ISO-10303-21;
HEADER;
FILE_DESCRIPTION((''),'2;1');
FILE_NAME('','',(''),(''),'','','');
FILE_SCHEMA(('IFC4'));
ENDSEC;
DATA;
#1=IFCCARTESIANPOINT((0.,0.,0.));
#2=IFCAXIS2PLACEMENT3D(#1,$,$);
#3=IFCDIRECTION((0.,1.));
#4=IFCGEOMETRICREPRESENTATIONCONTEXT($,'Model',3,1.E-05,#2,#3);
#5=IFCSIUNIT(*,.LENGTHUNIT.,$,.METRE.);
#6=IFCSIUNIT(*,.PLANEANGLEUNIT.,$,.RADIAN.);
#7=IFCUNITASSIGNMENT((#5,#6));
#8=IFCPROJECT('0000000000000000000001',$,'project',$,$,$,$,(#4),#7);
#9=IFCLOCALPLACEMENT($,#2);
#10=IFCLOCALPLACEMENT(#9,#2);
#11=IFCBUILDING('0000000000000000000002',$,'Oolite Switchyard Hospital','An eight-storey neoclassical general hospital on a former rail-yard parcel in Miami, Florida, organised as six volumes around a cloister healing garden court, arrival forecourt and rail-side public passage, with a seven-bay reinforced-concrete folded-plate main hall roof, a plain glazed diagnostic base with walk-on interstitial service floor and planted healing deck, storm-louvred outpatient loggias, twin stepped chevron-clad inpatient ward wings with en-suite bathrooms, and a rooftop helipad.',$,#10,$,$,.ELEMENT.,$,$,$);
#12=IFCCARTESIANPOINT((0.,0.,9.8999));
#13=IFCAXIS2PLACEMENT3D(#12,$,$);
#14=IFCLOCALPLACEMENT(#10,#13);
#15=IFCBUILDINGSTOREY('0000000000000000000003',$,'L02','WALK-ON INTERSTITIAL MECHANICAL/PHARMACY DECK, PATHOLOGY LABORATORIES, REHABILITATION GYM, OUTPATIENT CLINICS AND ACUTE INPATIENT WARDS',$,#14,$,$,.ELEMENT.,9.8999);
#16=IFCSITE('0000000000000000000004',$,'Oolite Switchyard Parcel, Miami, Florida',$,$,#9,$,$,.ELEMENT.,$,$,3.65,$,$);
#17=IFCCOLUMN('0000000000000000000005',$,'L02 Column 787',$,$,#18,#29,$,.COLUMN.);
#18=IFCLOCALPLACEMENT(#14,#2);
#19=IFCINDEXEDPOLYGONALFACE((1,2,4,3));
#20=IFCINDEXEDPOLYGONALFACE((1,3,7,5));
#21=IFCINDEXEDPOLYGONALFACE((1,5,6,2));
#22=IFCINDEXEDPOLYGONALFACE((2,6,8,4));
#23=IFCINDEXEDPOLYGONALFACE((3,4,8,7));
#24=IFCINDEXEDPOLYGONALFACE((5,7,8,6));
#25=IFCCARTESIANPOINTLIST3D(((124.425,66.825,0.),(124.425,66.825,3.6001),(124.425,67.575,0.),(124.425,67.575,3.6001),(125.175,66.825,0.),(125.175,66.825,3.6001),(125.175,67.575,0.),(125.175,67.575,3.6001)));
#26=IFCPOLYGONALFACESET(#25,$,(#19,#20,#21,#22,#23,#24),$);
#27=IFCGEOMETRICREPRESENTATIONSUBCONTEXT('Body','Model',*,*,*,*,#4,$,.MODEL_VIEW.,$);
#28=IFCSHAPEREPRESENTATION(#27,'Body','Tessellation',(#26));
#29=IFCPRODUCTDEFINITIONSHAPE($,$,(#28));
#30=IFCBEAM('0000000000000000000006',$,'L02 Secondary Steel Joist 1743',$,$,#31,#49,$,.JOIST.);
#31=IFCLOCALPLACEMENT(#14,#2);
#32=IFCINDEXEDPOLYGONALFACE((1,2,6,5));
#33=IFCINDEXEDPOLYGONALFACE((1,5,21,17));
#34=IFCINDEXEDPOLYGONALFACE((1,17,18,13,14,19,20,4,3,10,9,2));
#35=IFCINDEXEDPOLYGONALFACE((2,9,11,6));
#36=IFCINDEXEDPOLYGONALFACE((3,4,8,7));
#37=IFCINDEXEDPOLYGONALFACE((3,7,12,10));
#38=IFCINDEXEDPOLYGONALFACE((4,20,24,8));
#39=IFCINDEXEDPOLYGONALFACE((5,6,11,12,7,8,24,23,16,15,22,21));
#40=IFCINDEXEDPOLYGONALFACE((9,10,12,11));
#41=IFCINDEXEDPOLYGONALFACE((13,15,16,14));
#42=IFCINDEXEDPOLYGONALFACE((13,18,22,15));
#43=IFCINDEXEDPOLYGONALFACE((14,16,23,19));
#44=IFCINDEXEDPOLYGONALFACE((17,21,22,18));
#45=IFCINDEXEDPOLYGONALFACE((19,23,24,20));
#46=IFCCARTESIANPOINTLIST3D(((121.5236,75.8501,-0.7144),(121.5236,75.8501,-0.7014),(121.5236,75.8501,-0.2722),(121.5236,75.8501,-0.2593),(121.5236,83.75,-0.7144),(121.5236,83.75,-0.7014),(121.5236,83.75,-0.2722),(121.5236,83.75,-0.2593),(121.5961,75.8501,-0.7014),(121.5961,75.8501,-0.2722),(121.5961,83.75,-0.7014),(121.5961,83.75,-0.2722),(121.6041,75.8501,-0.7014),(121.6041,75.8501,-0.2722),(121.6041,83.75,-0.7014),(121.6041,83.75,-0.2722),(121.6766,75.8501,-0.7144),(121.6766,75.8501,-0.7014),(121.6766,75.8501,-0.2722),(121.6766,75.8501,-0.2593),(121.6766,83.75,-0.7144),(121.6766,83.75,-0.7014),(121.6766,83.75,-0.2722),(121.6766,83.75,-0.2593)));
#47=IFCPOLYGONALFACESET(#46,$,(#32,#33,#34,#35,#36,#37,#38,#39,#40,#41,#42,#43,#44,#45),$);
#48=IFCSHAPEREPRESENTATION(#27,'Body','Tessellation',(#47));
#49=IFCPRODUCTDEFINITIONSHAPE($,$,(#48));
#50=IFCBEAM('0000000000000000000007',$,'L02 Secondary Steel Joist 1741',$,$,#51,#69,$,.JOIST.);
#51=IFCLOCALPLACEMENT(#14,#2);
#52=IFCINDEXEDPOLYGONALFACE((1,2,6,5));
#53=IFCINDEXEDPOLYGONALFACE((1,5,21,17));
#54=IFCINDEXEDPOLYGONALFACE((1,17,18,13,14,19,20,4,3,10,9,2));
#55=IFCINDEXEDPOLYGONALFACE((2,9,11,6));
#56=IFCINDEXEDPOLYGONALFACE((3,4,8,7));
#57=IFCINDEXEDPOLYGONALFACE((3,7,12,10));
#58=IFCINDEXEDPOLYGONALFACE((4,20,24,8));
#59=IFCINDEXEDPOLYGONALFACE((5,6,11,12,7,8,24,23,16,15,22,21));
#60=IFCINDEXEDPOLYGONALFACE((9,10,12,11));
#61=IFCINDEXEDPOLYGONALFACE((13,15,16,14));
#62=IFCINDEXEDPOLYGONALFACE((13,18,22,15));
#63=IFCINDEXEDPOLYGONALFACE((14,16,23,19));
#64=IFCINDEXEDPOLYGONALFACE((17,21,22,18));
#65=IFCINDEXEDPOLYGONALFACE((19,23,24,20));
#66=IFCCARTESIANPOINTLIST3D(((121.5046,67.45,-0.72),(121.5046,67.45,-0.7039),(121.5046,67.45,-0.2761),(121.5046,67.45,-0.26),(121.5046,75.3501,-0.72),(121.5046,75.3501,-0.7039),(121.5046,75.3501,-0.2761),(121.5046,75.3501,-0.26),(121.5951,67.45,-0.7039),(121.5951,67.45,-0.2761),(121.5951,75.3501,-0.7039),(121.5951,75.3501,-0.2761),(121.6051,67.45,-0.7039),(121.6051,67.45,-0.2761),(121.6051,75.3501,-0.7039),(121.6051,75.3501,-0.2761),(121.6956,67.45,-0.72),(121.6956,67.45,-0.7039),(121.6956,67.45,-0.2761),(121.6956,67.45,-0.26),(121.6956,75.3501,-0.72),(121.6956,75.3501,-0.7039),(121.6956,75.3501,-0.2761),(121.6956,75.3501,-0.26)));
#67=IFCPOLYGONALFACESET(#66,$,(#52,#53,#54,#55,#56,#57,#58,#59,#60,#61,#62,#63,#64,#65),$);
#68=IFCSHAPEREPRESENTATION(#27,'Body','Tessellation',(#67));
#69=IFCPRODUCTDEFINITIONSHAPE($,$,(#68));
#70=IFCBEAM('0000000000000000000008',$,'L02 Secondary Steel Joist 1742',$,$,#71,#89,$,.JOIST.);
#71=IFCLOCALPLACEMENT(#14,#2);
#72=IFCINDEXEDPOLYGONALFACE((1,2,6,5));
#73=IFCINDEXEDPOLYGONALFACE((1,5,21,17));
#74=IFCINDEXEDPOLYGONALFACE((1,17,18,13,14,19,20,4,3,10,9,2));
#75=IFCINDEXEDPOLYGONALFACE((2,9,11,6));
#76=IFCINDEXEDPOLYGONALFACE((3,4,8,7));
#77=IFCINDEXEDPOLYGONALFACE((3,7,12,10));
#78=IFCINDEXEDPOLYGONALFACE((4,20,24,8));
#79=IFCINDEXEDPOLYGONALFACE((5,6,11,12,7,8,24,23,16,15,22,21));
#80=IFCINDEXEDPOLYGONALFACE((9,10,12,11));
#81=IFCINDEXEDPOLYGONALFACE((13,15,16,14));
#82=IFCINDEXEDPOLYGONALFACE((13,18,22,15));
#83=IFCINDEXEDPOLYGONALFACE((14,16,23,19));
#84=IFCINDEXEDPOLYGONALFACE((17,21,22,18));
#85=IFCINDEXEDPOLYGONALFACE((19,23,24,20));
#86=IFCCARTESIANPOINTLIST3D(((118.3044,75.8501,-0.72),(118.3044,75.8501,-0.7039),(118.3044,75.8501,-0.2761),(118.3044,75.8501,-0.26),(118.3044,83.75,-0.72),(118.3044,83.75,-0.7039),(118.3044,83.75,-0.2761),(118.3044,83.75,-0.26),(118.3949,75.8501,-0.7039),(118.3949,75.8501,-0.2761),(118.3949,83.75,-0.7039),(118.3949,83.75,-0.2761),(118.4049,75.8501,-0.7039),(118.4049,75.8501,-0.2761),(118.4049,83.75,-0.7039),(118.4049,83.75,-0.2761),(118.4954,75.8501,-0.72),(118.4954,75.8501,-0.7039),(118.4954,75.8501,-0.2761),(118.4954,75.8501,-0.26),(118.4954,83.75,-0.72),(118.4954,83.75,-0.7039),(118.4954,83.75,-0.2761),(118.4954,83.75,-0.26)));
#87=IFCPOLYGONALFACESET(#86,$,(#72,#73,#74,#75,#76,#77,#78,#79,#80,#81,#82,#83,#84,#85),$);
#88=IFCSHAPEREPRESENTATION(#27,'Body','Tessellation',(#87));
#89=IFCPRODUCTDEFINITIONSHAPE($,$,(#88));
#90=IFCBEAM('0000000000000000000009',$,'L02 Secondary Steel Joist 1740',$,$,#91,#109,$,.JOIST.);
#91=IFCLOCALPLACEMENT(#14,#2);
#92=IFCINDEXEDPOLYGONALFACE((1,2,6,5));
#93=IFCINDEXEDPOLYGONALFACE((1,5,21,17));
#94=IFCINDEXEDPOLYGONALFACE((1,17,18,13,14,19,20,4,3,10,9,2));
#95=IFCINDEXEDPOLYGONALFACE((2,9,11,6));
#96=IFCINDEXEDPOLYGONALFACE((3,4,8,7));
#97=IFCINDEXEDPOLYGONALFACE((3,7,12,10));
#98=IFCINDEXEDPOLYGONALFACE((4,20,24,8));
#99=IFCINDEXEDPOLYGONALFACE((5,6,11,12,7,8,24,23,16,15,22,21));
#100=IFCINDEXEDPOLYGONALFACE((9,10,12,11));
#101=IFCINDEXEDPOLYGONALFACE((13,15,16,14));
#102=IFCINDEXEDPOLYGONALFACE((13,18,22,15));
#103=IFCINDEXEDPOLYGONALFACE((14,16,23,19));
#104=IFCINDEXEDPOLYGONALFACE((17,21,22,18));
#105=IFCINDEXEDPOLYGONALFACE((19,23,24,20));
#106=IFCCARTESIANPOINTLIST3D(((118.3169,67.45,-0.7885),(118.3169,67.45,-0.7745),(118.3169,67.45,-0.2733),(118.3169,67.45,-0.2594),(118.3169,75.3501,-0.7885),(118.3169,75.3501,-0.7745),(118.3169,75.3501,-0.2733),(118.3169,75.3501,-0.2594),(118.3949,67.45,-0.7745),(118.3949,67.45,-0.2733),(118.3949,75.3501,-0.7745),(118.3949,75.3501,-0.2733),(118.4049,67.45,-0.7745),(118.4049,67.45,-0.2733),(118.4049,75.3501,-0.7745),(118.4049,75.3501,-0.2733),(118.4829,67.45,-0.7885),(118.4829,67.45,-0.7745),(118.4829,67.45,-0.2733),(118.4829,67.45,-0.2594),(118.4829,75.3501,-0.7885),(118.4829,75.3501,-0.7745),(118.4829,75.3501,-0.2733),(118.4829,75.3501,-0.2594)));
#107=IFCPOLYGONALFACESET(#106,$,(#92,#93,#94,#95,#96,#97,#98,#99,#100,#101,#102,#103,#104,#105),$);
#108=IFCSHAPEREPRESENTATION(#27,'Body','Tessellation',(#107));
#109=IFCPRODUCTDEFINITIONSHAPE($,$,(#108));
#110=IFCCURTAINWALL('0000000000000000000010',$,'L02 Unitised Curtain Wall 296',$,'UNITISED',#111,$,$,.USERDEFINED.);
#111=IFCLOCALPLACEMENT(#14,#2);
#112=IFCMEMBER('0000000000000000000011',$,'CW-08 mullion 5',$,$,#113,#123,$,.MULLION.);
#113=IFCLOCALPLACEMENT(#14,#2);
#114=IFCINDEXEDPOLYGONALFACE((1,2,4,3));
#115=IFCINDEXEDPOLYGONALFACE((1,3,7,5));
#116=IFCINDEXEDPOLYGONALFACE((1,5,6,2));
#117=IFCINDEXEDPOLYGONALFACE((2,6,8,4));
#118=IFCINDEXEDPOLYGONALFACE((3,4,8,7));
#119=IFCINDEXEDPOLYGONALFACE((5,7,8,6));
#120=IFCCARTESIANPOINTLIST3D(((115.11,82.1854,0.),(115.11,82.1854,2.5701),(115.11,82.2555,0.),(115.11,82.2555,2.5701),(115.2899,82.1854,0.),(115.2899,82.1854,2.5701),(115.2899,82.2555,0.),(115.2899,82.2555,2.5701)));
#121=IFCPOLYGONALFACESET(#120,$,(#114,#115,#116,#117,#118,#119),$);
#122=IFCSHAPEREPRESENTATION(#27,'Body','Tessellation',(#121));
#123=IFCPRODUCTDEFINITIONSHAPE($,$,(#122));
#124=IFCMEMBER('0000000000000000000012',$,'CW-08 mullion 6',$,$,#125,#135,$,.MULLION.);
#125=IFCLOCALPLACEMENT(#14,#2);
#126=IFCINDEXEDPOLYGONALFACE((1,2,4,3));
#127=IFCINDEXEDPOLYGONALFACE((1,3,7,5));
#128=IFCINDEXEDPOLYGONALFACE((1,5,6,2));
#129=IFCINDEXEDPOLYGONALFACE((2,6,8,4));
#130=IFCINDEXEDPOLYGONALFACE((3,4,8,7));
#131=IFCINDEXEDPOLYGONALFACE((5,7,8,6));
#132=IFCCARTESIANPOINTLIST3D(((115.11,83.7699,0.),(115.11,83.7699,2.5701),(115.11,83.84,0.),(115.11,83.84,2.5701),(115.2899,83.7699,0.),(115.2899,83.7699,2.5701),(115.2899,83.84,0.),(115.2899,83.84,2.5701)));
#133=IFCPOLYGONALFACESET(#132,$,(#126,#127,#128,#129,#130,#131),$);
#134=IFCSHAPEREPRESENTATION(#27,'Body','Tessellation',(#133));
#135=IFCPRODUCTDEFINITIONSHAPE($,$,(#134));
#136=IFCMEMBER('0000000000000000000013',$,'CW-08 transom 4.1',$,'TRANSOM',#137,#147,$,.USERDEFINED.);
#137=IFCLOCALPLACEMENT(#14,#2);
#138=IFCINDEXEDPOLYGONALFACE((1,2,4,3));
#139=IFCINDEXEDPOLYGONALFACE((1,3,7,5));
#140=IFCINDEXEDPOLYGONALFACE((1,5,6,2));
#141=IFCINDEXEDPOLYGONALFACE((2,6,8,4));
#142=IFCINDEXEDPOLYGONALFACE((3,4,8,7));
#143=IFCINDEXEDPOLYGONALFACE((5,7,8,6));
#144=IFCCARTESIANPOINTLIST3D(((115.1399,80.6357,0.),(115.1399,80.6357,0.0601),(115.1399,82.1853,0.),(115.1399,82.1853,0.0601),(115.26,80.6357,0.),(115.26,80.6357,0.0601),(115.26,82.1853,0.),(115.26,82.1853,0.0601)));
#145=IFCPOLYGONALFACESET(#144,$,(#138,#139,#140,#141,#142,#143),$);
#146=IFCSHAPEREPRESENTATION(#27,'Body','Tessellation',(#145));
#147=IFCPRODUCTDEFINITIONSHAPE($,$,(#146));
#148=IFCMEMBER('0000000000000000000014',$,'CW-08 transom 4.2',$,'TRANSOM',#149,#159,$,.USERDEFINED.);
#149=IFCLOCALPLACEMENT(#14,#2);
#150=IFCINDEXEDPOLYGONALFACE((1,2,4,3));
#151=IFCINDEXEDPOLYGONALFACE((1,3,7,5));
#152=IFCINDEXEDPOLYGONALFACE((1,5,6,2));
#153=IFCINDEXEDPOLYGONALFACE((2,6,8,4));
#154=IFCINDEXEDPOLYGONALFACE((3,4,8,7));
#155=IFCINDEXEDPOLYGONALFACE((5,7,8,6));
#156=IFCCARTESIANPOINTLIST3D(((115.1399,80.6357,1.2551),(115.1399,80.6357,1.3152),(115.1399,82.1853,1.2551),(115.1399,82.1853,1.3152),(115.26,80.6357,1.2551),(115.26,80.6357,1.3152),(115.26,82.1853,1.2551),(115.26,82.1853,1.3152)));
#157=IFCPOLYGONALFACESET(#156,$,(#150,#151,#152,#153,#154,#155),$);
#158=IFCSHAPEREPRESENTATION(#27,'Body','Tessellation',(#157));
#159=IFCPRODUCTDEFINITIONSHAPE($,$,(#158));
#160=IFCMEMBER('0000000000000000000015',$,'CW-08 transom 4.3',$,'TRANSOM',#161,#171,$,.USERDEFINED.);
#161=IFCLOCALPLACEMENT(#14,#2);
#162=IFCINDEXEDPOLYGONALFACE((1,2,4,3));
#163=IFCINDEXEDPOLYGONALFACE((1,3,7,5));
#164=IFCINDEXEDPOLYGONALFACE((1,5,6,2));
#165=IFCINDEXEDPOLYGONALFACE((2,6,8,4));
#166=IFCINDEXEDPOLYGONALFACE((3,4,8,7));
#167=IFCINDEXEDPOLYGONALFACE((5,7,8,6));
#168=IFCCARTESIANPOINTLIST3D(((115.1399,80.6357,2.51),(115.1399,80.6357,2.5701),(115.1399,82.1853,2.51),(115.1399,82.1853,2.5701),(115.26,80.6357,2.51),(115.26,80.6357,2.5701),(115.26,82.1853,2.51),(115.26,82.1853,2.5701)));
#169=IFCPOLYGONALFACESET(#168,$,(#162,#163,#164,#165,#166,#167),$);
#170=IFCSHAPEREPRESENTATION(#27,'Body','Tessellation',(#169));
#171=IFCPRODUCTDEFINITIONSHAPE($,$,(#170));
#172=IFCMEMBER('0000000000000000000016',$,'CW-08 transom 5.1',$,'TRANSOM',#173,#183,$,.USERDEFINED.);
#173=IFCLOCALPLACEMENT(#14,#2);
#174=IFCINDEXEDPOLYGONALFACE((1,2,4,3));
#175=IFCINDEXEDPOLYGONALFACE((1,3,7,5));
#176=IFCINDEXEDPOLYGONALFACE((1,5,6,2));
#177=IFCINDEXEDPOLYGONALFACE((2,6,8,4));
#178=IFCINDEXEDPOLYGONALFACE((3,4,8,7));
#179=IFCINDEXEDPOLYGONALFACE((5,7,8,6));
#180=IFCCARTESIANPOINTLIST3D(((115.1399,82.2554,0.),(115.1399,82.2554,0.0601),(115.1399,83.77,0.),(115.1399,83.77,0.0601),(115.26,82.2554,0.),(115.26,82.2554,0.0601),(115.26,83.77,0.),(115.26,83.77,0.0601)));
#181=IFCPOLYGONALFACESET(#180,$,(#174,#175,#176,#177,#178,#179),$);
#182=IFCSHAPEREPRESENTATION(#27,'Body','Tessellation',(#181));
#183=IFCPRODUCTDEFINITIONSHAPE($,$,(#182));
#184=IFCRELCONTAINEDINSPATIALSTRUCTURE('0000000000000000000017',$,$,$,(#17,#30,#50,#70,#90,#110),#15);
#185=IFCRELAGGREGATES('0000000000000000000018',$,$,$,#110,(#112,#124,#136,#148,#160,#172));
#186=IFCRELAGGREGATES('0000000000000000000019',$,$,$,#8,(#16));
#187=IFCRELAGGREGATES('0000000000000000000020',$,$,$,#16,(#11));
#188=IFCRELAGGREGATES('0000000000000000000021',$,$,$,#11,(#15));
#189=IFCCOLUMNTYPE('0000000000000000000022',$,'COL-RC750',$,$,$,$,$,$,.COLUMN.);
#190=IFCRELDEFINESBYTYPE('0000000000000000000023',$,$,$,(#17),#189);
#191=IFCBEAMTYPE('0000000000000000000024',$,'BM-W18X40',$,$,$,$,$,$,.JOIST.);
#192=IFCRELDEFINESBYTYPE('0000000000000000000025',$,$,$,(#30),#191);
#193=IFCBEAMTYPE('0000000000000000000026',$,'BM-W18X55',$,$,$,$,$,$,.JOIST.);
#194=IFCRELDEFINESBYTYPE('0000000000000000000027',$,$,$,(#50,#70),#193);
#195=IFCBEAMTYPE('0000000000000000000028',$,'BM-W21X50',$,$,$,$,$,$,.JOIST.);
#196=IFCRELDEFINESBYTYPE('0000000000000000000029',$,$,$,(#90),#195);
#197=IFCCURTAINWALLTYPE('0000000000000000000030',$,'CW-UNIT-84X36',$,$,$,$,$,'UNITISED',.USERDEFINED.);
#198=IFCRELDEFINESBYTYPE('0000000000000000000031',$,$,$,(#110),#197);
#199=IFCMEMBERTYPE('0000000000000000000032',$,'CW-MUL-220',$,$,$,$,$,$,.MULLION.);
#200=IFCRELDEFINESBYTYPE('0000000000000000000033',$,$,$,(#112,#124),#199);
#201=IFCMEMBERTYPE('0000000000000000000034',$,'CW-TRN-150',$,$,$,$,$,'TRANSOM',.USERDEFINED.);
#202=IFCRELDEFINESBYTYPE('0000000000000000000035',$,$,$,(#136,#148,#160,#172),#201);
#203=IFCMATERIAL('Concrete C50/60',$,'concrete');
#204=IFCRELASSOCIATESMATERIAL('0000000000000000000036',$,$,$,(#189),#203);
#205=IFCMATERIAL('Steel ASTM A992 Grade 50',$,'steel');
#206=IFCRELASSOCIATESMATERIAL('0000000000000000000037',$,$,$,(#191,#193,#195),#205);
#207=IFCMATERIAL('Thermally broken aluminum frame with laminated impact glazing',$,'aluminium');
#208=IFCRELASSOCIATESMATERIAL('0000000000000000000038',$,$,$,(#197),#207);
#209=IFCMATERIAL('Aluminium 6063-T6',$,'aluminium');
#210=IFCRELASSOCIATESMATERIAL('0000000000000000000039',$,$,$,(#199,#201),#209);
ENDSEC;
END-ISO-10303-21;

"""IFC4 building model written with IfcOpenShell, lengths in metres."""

from ifc_helpers import new_model, si_unit, direction, frame, origin, origin_2d, place, context, subcontext, project, spatial, rectangle, i_section, extrude, material, material_profile, profile_set, type_object, element, aggregate, save


model = new_model("IFC4")

# Units and contexts
model_context = context("Model", 3, precision=1e-05, world=origin(), true_north=direction((0.0, 1.0)))
body_context = subcontext(model_context, "Body", "Model", "MODEL_VIEW")
ifc_project = project(units=[si_unit("LENGTHUNIT", "METRE"), si_unit("PLANEANGLEUNIT", "RADIAN")], contexts=[model_context])

# Site, building, storey
site_placement = place(None, origin())
site = spatial("IfcSite", under=ifc_project, at=site_placement, Name="Oolite Switchyard Parcel, Miami, Florida", CompositionType="ELEMENT", RefElevation=3.65)
building_placement = place(site_placement, origin())
building = spatial("IfcBuilding", under=site, at=building_placement, Name="Oolite Switchyard Hospital", Description="An eight-storey neoclassical general hospital on a former rail-yard parcel in Miami, Florida, organised as six volumes around a cloister healing garden court, arrival forecourt and rail-side public passage, with a seven-bay reinforced-concrete folded-plate main hall roof, a plain glazed diagnostic base with walk-on interstitial service floor and planted healing deck, storm-louvred outpatient loggias, twin stepped chevron-clad inpatient ward wings with en-suite bathrooms, and a rooftop helipad.", CompositionType="ELEMENT")
storey_placement = place(building_placement, frame((0.0, 0.0, 9.8999)))
storey = spatial("IfcBuildingStorey", under=building, at=storey_placement, Name="L02", Description="WALK-ON INTERSTITIAL MECHANICAL/PHARMACY DECK, PATHOLOGY LABORATORIES, REHABILITATION GYM, OUTPATIENT CLINICS AND ACUTE INPATIENT WARDS", CompositionType="ELEMENT", Elevation=9.8999)

# Column
ifc_material_1 = material(Name="Concrete C50/60", Category="concrete")
ifc_material_profile_1 = material_profile(ifc_material_1, rectangle(XDim=0.75, YDim=0.75, at=origin_2d()), Name="RC750X750")
ifc_profile_set_1 = profile_set([ifc_material_profile_1], Name="Concrete C50/60")
column_type = type_object("IfcColumnType", Name="COL-RC750", PredefinedType="COLUMN", material=ifc_profile_set_1)
column_placement = place(storey_placement, frame((124.8, 67.2, 0.0), z_axis=(0.0, 0.0, 1.0), x_axis=(1.0, 0.0, 0.0)))
element("IfcColumn", 1, at=column_placement, inside=storey, type_object=column_type, Name="L02 Column 787", PredefinedType="COLUMN", context=body_context, shape_type="SweptSolid", body=[
    extrude(rectangle(XDim=0.75, YDim=0.75, at=origin_2d()), origin(), (0.0, 0.0, 1.0), 3.6001),
])

# Beams
ifc_material_2 = material(Name="Steel ASTM A992 Grade 50", Category="steel")
ifc_material_profile_2 = material_profile(ifc_material_2, i_section(OverallWidth=0.1531, OverallDepth=0.4551, WebThickness=0.0081, FlangeThickness=0.0129, at=origin_2d()), Name="W18X40")
ifc_profile_set_2 = profile_set([ifc_material_profile_2], Name="Steel ASTM A992 Grade 50")
beam_type_1 = type_object("IfcBeamType", Name="BM-W18X40", PredefinedType="JOIST", material=ifc_profile_set_2)
beam_1_placement = place(storey_placement, frame((121.6001, 75.8501, -0.4868), z_axis=(0.0, 1.0, 0.0), x_axis=(-1.0, 0.0, 0.0)))
element("IfcBeam", 2, at=beam_1_placement, inside=storey, type_object=beam_type_1, Name="L02 Secondary Steel Joist 1743", PredefinedType="JOIST", context=body_context, shape_type="SweptSolid", body=[
    extrude(i_section(OverallWidth=0.1531, OverallDepth=0.4551, WebThickness=0.0081, FlangeThickness=0.0129, at=origin_2d()), origin(), (0.0, 0.0, 1.0), 7.8999),
])
ifc_material_profile_3 = material_profile(ifc_material_2, i_section(OverallWidth=0.1909, OverallDepth=0.46, WebThickness=0.01, FlangeThickness=0.0161, at=origin_2d()), Name="W18X55")
ifc_profile_set_3 = profile_set([ifc_material_profile_3], Name="Steel ASTM A992 Grade 50")
beam_type_2 = type_object("IfcBeamType", Name="BM-W18X55", PredefinedType="JOIST", material=ifc_profile_set_3)
beam_2_placement = place(storey_placement, frame((121.6001, 67.45, -0.49), z_axis=(0.0, 1.0, 0.0), x_axis=(-1.0, 0.0, 0.0)))
element("IfcBeam", 3, at=beam_2_placement, inside=storey, type_object=beam_type_2, Name="L02 Secondary Steel Joist 1741", PredefinedType="JOIST", context=body_context, shape_type="SweptSolid", body=[
    extrude(i_section(OverallWidth=0.1909, OverallDepth=0.46, WebThickness=0.01, FlangeThickness=0.0161, at=origin_2d()), origin(), (0.0, 0.0, 1.0), 7.9001),
])
beam_3_placement = place(storey_placement, frame((118.3999, 75.8501, -0.49), z_axis=(0.0, 1.0, 0.0), x_axis=(-1.0, 0.0, 0.0)))
element("IfcBeam", 4, at=beam_3_placement, inside=storey, type_object=beam_type_2, Name="L02 Secondary Steel Joist 1742", PredefinedType="JOIST", context=body_context, shape_type="SweptSolid", body=[
    extrude(i_section(OverallWidth=0.1909, OverallDepth=0.46, WebThickness=0.01, FlangeThickness=0.0161, at=origin_2d()), origin(), (0.0, 0.0, 1.0), 7.8999),
])
ifc_material_profile_4 = material_profile(ifc_material_2, i_section(OverallWidth=0.166, OverallDepth=0.5291, WebThickness=0.01, FlangeThickness=0.0139, at=origin_2d()), Name="W21X50")
ifc_profile_set_4 = profile_set([ifc_material_profile_4], Name="Steel ASTM A992 Grade 50")
beam_type_3 = type_object("IfcBeamType", Name="BM-W21X50", PredefinedType="JOIST", material=ifc_profile_set_4)
beam_4_placement = place(storey_placement, frame((118.3999, 67.45, -0.5239), z_axis=(0.0, 1.0, 0.0), x_axis=(-1.0, 0.0, 0.0)))
element("IfcBeam", 5, at=beam_4_placement, inside=storey, type_object=beam_type_3, Name="L02 Secondary Steel Joist 1740", PredefinedType="JOIST", context=body_context, shape_type="SweptSolid", body=[
    extrude(i_section(OverallWidth=0.166, OverallDepth=0.5291, WebThickness=0.01, FlangeThickness=0.0139, at=origin_2d()), origin(), (0.0, 0.0, 1.0), 7.9001),
])

# Curtain wall, members
ifc_material_3 = material(Name="Thermally broken aluminum frame with laminated impact glazing", Category="aluminium")
curtain_wall_type = type_object("IfcCurtainWallType", Name="CW-UNIT-84X36", ElementType="UNITISED", PredefinedType="USERDEFINED", material=ifc_material_3)
curtain_wall_placement = place(storey_placement, origin())
curtain_wall = element("IfcCurtainWall", 6, at=curtain_wall_placement, inside=storey, type_object=curtain_wall_type, Name="L02 Unitised Curtain Wall 296", ObjectType="UNITISED", PredefinedType="USERDEFINED")
ifc_material_4 = material(Name="Aluminium 6063-T6", Category="aluminium")
ifc_material_profile_5 = material_profile(ifc_material_4, rectangle(XDim=0.1799, YDim=0.0701, at=origin_2d()), Name="CWM70X180")
ifc_profile_set_5 = profile_set([ifc_material_profile_5], Name="Aluminium 6063-T6")
member_type_1 = type_object("IfcMemberType", Name="CW-MUL-220", PredefinedType="MULLION", material=ifc_profile_set_5)
member_1_placement = place(storey_placement, frame((115.2, 82.2205, 0.0), z_axis=(0.0, 0.0, 1.0), x_axis=(-1.0, 0.0, 0.0)))
member_1 = element("IfcMember", 7, at=member_1_placement, type_object=member_type_1, Name="CW-08 mullion 5", PredefinedType="MULLION", context=body_context, shape_type="SweptSolid", body=[
    extrude(rectangle(XDim=0.1799, YDim=0.0701, at=origin_2d()), origin(), (0.0, 0.0, 1.0), 2.5701),
])
member_2_placement = place(storey_placement, frame((115.2, 83.8049, 0.0), z_axis=(0.0, 0.0, 1.0), x_axis=(-1.0, 0.0, 0.0)))
member_2 = element("IfcMember", 8, at=member_2_placement, type_object=member_type_1, Name="CW-08 mullion 6", PredefinedType="MULLION", context=body_context, shape_type="SweptSolid", body=[
    extrude(rectangle(XDim=0.1799, YDim=0.0701, at=origin_2d()), origin(), (0.0, 0.0, 1.0), 2.5701),
])
ifc_material_profile_6 = material_profile(ifc_material_4, rectangle(XDim=0.1201, YDim=0.0601, at=origin_2d()), Name="CWT60X120")
ifc_profile_set_6 = profile_set([ifc_material_profile_6], Name="Aluminium 6063-T6")
member_type_2 = type_object("IfcMemberType", Name="CW-TRN-150", ElementType="TRANSOM", PredefinedType="USERDEFINED", material=ifc_profile_set_6)
member_3_placement = place(storey_placement, frame((115.2, 80.6357, 0.03), z_axis=(0.0, 1.0, 0.0), x_axis=(-1.0, 0.0, 0.0)))
member_3 = element("IfcMember", 9, at=member_3_placement, type_object=member_type_2, Name="CW-08 transom 4.1", ObjectType="TRANSOM", PredefinedType="USERDEFINED", context=body_context, shape_type="SweptSolid", body=[
    extrude(rectangle(XDim=0.1201, YDim=0.0601, at=origin_2d()), origin(), (0.0, 0.0, 1.0), 1.5496),
])
member_4_placement = place(storey_placement, frame((115.2, 80.6357, 1.2852), z_axis=(0.0, 1.0, 0.0), x_axis=(-1.0, 0.0, 0.0)))
member_4 = element("IfcMember", 10, at=member_4_placement, type_object=member_type_2, Name="CW-08 transom 4.2", ObjectType="TRANSOM", PredefinedType="USERDEFINED", context=body_context, shape_type="SweptSolid", body=[
    extrude(rectangle(XDim=0.1201, YDim=0.0601, at=origin_2d()), origin(), (0.0, 0.0, 1.0), 1.5496),
])
member_5_placement = place(storey_placement, frame((115.2, 80.6357, 2.54), z_axis=(0.0, 1.0, 0.0), x_axis=(-1.0, 0.0, 0.0)))
member_5 = element("IfcMember", 11, at=member_5_placement, type_object=member_type_2, Name="CW-08 transom 4.3", ObjectType="TRANSOM", PredefinedType="USERDEFINED", context=body_context, shape_type="SweptSolid", body=[
    extrude(rectangle(XDim=0.1201, YDim=0.0601, at=origin_2d()), origin(), (0.0, 0.0, 1.0), 1.5496),
])
member_6_placement = place(storey_placement, frame((115.2, 82.2554, 0.03), z_axis=(0.0, 1.0, 0.0), x_axis=(-1.0, 0.0, 0.0)))
member_6 = element("IfcMember", 12, at=member_6_placement, type_object=member_type_2, Name="CW-08 transom 5.1", ObjectType="TRANSOM", PredefinedType="USERDEFINED", context=body_context, shape_type="SweptSolid", body=[
    extrude(rectangle(XDim=0.1201, YDim=0.0601, at=origin_2d()), origin(), (0.0, 0.0, 1.0), 1.5146),
])
aggregate(curtain_wall, [member_1, member_2, member_3, member_4, member_5, member_6])

save(model, "model.ifc")
